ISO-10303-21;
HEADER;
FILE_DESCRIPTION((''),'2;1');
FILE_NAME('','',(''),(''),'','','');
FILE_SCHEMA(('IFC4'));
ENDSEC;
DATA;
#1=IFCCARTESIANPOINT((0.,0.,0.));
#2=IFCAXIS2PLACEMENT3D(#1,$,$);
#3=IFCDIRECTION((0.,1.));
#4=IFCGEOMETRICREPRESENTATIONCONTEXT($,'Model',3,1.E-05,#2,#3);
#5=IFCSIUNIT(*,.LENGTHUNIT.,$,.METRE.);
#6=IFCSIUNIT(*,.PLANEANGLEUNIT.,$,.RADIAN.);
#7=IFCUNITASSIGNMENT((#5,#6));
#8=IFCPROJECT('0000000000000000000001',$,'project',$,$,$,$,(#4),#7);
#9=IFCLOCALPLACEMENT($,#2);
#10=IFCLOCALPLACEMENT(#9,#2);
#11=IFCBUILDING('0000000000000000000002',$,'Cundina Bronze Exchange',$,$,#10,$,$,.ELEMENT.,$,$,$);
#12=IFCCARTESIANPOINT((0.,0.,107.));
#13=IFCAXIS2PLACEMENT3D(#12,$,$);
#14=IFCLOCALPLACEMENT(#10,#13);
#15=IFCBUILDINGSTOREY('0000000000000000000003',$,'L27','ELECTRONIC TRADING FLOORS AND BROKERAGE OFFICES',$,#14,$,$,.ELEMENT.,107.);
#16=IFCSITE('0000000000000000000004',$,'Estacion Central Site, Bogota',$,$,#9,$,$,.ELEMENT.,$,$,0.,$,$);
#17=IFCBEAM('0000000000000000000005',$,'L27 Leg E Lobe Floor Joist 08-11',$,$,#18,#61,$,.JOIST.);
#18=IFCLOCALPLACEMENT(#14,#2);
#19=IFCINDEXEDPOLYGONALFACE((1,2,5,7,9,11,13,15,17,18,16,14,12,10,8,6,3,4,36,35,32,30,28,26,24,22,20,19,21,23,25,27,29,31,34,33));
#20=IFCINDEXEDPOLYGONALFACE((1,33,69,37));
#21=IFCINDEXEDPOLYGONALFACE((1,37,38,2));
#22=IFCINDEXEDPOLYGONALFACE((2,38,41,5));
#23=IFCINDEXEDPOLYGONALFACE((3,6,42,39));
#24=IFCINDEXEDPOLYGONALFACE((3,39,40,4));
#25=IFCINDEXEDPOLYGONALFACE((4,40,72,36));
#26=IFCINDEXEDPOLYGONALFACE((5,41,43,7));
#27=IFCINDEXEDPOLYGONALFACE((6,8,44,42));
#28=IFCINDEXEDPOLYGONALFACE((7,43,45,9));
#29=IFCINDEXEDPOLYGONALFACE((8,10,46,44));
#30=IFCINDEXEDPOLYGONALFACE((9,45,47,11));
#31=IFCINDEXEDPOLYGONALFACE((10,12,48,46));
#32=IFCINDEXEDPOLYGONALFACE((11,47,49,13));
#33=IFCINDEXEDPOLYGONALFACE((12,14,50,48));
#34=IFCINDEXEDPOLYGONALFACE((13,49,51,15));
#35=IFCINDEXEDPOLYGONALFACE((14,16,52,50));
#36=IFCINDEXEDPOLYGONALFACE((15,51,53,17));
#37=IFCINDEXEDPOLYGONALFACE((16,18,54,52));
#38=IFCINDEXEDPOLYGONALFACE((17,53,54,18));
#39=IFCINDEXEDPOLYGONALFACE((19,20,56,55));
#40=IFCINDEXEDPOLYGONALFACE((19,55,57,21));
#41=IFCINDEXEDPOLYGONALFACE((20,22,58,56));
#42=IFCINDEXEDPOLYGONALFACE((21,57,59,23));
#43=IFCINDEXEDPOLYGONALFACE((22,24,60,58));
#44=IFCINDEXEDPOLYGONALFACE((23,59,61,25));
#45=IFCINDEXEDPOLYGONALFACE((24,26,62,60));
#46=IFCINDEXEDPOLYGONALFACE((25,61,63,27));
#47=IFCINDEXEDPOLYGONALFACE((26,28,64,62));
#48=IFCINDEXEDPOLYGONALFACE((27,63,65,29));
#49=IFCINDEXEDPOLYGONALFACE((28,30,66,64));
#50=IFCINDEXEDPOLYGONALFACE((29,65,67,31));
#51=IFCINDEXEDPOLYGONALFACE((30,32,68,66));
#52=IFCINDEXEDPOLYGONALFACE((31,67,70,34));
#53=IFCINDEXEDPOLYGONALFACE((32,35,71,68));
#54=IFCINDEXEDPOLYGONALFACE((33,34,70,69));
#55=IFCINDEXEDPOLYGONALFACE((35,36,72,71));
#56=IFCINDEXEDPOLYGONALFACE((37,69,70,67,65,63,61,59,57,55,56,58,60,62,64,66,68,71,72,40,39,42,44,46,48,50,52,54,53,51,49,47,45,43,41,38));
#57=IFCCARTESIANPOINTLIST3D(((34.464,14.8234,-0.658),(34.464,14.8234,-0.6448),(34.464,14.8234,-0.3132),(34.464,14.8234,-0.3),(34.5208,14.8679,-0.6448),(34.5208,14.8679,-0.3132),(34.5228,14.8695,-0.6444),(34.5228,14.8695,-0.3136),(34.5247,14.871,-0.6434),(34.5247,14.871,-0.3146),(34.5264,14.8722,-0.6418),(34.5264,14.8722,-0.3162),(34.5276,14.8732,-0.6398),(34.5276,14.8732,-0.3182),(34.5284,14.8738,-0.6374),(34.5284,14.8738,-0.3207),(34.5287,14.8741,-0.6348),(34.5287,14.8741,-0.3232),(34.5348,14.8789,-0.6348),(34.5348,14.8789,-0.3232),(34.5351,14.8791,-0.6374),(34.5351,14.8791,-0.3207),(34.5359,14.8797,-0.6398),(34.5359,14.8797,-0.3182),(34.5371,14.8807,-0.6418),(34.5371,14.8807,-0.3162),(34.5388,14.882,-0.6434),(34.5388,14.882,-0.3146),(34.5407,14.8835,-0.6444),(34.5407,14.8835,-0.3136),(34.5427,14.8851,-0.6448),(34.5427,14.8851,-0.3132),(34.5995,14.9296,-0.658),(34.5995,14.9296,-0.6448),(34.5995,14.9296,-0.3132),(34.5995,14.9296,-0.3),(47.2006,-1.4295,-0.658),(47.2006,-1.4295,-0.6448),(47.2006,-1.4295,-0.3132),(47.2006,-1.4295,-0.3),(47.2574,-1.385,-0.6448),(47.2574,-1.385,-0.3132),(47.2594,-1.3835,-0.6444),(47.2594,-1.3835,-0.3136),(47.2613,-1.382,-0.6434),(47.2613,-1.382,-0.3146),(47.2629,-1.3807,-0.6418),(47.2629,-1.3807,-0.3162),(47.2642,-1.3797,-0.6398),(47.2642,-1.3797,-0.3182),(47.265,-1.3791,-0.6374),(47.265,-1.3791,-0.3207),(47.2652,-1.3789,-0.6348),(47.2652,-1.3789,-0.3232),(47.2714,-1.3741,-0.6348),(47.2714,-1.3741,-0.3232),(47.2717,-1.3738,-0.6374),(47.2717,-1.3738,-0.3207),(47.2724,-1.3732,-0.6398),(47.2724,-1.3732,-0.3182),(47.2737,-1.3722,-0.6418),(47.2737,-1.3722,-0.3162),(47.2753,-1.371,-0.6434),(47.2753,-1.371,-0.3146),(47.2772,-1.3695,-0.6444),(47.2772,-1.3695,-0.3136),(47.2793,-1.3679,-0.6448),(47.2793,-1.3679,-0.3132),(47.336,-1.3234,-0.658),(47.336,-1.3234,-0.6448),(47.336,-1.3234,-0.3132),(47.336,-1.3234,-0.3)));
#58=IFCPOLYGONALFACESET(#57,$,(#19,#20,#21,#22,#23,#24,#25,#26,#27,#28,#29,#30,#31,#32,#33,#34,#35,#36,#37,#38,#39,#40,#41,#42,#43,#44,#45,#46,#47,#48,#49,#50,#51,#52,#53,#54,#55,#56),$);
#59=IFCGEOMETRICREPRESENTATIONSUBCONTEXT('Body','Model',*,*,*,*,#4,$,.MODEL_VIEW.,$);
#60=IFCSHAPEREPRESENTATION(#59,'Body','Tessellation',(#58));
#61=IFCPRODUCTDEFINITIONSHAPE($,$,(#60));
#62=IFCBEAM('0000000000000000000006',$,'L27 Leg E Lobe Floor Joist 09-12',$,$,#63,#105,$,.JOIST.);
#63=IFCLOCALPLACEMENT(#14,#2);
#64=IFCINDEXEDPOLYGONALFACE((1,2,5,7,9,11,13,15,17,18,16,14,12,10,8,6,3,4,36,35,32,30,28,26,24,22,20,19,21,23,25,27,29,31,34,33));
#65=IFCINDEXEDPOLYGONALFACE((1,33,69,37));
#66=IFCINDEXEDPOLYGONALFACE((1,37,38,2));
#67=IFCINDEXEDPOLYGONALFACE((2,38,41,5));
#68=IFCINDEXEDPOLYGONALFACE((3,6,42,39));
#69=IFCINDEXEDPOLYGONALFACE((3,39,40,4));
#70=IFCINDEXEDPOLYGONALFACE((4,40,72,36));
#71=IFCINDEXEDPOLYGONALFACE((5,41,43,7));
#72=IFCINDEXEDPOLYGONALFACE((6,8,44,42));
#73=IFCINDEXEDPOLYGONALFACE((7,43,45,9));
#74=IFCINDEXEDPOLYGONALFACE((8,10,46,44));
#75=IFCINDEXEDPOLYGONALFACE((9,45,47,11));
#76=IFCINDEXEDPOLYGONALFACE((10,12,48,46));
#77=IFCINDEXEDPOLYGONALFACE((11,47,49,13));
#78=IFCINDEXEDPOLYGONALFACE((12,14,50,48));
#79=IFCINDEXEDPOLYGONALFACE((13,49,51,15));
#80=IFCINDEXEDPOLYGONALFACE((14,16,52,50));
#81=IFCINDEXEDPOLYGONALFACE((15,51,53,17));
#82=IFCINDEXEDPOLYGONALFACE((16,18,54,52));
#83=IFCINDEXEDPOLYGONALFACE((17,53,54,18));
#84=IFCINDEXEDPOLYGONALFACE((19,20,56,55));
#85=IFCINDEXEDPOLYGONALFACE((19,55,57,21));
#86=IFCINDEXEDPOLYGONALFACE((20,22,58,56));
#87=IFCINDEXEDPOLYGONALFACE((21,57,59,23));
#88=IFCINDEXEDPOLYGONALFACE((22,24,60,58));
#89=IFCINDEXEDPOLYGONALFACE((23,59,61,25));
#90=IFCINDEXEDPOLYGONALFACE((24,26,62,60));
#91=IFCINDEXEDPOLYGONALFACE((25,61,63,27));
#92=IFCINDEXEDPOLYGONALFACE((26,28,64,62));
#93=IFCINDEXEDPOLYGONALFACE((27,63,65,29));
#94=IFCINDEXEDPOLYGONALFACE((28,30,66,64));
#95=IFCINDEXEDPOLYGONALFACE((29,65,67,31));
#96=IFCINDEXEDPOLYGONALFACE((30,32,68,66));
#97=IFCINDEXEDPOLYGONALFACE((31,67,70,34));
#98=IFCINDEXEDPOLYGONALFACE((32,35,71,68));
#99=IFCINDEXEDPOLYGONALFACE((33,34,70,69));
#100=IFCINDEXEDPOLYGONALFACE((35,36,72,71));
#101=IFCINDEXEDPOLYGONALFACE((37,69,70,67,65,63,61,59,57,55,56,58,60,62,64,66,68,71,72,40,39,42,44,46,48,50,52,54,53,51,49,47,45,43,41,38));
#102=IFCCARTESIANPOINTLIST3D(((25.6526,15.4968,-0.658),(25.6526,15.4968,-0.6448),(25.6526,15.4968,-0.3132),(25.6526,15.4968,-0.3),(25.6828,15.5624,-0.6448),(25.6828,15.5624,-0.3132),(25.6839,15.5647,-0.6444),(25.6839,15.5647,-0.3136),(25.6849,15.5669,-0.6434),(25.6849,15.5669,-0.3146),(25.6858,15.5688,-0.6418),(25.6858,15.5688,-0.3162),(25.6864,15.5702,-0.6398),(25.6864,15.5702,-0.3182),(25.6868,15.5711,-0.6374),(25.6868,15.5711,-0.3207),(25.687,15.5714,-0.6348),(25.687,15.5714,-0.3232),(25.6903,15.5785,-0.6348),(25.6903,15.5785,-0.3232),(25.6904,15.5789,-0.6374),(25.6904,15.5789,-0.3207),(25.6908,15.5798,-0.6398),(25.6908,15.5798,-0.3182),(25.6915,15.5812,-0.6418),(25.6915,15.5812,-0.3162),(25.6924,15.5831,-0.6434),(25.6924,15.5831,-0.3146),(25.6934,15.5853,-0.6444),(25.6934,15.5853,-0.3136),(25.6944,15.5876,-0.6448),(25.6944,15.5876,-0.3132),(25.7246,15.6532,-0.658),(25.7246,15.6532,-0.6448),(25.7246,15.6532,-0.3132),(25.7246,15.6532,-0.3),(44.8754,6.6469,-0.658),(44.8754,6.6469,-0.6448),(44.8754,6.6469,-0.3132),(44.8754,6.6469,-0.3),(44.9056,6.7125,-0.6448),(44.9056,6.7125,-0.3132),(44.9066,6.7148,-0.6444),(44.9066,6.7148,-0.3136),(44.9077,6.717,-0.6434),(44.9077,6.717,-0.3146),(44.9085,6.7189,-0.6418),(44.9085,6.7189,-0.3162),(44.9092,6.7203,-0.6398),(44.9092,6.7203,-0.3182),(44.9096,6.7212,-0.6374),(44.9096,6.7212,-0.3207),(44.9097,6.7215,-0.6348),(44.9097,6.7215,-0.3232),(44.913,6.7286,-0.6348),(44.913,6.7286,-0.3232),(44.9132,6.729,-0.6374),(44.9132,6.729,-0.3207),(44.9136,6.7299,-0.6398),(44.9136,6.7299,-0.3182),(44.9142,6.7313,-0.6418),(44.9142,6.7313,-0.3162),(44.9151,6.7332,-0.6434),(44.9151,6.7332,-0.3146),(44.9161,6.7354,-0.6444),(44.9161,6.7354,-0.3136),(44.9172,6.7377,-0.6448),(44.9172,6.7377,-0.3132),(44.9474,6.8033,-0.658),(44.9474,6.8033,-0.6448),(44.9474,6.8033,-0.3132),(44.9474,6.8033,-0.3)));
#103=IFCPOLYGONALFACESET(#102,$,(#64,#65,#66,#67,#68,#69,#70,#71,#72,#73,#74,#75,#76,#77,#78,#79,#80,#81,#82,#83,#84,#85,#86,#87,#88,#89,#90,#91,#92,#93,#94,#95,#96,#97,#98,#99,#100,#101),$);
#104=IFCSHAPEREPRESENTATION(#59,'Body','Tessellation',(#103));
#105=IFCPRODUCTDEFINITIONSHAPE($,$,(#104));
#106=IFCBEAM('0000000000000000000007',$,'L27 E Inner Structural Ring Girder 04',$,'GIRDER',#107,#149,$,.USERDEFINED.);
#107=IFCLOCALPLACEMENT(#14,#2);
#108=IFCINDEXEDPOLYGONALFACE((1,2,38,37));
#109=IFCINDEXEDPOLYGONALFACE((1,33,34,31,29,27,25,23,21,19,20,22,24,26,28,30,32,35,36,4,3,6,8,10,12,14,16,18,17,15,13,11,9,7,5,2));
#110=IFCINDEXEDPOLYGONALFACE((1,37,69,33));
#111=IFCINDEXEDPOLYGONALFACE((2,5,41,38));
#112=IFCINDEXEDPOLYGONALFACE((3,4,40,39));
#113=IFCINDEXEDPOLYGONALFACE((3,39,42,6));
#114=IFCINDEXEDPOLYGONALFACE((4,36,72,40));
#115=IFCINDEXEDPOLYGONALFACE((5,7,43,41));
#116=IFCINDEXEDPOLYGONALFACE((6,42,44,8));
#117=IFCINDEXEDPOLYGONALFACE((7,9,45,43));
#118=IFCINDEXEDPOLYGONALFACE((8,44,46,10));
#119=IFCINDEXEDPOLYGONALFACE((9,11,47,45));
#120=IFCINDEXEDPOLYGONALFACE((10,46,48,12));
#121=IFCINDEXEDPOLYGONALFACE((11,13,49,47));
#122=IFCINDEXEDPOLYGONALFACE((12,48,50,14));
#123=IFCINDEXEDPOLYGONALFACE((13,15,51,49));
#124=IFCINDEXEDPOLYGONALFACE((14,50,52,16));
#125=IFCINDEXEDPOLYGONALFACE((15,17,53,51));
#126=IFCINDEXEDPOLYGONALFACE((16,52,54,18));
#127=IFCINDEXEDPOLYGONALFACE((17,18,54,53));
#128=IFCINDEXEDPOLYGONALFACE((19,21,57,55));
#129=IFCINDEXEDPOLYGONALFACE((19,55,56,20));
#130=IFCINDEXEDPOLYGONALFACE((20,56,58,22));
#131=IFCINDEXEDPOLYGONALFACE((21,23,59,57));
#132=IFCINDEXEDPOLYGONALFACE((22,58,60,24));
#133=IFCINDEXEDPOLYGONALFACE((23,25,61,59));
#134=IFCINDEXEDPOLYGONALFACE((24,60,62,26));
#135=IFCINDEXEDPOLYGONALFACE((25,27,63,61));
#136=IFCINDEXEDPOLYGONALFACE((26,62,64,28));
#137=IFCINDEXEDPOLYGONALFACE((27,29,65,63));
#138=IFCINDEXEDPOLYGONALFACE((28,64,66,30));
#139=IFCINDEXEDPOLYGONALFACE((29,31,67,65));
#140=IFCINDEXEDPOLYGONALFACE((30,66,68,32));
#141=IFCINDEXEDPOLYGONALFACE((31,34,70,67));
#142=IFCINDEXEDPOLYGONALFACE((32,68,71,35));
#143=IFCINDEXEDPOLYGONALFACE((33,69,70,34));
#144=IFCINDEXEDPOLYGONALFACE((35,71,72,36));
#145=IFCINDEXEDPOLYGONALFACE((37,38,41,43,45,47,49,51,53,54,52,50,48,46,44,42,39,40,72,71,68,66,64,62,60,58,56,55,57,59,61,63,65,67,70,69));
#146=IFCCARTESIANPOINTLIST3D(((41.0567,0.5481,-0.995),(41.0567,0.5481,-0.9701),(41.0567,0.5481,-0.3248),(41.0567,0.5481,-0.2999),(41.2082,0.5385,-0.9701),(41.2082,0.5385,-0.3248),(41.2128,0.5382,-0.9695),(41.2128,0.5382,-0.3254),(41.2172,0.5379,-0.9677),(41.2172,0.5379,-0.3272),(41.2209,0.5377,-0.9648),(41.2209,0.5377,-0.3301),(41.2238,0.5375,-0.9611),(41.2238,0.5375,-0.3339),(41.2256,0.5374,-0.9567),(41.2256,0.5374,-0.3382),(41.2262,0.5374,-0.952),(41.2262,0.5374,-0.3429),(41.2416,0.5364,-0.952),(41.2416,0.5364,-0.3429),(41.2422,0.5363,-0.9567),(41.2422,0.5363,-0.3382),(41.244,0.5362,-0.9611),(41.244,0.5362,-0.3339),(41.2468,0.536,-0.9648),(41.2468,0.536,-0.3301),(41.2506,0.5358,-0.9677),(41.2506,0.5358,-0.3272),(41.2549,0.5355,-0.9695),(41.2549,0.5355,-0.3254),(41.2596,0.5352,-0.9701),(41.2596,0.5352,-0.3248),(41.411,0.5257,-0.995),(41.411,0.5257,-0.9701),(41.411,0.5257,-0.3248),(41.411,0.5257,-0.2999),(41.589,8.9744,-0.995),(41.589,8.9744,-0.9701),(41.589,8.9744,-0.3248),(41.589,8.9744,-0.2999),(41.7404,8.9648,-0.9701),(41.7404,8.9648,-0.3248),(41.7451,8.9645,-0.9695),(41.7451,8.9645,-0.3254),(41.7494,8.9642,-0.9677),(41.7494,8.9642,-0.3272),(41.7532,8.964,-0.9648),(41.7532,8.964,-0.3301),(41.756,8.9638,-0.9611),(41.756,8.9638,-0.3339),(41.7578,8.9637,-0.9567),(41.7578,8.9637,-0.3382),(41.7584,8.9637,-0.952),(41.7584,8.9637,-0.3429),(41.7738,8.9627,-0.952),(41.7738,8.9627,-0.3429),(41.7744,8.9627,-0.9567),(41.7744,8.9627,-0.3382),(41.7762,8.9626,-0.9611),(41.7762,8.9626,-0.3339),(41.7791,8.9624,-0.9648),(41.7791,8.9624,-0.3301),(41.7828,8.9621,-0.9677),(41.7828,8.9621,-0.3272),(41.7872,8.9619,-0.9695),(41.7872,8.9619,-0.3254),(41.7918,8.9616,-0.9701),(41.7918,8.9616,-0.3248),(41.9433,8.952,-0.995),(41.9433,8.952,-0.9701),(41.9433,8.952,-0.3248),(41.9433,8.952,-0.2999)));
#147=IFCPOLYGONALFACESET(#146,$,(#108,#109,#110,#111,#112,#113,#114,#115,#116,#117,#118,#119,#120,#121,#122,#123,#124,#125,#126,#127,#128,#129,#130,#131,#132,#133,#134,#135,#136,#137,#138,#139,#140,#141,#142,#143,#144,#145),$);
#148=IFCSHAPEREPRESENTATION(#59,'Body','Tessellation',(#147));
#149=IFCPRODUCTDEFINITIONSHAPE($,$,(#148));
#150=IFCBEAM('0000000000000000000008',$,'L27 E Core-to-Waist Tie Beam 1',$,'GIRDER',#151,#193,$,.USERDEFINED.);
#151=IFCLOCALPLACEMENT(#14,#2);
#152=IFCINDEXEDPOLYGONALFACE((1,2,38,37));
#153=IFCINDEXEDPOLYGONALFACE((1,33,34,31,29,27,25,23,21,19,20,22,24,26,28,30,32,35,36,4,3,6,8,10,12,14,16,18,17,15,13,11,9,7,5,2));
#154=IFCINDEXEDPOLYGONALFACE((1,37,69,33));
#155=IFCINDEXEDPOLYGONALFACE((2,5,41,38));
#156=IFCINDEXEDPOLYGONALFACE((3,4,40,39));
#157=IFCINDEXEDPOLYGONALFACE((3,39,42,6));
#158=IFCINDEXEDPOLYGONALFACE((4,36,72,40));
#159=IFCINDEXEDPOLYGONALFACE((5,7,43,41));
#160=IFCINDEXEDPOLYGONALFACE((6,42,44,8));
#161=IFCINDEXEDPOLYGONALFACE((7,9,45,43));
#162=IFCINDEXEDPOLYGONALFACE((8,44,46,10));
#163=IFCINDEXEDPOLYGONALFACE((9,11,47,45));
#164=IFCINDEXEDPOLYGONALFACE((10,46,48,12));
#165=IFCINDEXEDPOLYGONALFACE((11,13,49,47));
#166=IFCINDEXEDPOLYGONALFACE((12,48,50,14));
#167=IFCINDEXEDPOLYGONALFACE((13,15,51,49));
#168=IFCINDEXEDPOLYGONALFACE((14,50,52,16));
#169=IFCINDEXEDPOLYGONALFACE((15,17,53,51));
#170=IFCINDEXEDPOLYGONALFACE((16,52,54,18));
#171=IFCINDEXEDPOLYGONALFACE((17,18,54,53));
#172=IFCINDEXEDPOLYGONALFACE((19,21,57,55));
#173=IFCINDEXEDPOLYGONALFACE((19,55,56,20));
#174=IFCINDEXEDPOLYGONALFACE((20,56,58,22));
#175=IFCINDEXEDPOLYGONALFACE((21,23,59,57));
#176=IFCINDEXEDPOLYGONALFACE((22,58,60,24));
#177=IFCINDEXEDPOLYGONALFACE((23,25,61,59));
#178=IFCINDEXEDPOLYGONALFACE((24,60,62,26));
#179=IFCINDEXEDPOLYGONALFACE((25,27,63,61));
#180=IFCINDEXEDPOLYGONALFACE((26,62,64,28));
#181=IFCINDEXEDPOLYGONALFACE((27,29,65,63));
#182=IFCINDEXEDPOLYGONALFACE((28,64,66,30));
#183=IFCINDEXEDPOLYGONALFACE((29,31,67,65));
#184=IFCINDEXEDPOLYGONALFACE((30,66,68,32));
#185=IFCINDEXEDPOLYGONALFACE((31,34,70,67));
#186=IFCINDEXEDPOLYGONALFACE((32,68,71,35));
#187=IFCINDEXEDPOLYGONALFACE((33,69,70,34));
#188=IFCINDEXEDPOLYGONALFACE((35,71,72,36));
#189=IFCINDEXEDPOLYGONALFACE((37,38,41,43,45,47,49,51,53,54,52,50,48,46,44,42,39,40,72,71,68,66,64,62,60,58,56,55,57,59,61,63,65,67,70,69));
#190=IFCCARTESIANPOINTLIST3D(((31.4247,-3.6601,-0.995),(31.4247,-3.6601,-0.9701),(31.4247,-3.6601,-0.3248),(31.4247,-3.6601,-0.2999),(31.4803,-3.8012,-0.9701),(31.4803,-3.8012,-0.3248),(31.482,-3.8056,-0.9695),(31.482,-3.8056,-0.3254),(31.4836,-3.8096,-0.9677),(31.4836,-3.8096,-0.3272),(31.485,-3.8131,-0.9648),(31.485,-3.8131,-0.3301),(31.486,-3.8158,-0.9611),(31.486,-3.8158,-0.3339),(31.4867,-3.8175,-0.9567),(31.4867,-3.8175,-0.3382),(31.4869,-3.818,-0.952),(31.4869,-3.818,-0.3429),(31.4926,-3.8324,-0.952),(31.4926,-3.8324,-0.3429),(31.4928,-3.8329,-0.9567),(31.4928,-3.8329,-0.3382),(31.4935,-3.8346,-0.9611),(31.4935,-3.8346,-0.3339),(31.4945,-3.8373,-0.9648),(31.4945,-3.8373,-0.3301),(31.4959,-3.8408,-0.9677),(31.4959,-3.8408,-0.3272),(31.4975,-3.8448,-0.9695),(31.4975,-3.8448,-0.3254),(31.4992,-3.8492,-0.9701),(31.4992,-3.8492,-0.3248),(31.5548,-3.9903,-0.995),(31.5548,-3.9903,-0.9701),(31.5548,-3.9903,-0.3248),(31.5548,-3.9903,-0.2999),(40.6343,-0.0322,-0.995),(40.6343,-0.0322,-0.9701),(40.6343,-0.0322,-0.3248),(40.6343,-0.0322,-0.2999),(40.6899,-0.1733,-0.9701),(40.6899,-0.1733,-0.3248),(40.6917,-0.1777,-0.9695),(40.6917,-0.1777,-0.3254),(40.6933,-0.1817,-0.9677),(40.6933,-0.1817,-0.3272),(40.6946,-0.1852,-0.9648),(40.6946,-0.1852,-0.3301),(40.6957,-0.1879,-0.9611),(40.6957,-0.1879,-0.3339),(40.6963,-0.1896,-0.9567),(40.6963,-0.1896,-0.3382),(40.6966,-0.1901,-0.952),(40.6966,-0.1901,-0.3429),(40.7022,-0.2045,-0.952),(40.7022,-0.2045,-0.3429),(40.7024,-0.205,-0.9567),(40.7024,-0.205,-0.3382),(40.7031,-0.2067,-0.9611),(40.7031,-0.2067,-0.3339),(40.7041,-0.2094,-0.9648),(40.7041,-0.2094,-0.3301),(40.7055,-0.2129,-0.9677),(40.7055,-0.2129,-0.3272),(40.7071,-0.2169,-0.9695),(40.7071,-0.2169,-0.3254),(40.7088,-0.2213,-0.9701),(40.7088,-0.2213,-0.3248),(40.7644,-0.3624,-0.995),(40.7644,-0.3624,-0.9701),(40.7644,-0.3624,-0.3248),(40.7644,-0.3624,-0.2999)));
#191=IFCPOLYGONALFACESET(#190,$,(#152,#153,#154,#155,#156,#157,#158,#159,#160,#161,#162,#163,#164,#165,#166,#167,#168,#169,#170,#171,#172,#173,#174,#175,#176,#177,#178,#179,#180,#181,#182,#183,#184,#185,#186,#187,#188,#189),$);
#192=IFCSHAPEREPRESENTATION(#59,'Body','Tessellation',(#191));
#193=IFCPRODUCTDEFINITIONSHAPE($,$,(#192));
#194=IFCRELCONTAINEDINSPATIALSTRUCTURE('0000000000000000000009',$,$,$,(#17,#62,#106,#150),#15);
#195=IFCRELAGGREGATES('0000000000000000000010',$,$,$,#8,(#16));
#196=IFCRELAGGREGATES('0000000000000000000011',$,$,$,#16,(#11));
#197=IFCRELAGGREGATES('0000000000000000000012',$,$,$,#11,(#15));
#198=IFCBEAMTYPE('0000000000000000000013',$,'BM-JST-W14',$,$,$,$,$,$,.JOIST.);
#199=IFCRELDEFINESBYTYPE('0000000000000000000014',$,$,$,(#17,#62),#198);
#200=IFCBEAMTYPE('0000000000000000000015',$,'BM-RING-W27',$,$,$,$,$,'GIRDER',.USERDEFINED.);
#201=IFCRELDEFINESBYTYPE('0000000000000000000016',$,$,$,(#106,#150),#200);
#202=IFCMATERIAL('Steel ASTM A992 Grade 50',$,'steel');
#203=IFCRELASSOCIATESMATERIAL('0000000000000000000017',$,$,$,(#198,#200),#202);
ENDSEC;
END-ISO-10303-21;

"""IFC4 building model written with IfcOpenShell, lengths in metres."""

from ifc_helpers import new_model, si_unit, direction, frame, origin, origin_2d, place, context, subcontext, project, spatial, i_section, extrude, material, material_profile, profile_set, type_object, element, save


model = new_model("IFC4")

# Units and contexts
model_context = context("Model", 3, precision=1e-05, world=origin(), true_north=direction((0.0, 1.0)))
body_context = subcontext(model_context, "Body", "Model", "MODEL_VIEW")
ifc_project = project(units=[si_unit("LENGTHUNIT", "METRE"), si_unit("PLANEANGLEUNIT", "RADIAN")], contexts=[model_context])

# Site, building, storey
site_placement = place(None, origin())
site = spatial("IfcSite", under=ifc_project, at=site_placement, Name="Estacion Central Site, Bogota", CompositionType="ELEMENT", RefElevation=0.0)
building_placement = place(site_placement, origin())
building = spatial("IfcBuilding", under=site, at=building_placement, Name="Cundina Bronze Exchange", CompositionType="ELEMENT")
storey_placement = place(building_placement, frame((0.0, 0.0, 107.0)))
storey = spatial("IfcBuildingStorey", under=building, at=storey_placement, Name="L27", Description="ELECTRONIC TRADING FLOORS AND BROKERAGE OFFICES", CompositionType="ELEMENT", Elevation=107.0)

# Shared definitions
ifc_material_1 = material(Name="Steel ASTM A992 Grade 50", Category="steel")

# Beams
ifc_material_profile_1 = material_profile(ifc_material_1, i_section(OverallWidth=0.1721, OverallDepth=0.3579, WebThickness=0.0078, FlangeThickness=0.0132, FilletRadius=0.01, at=origin_2d()), Name="W14X38", Category="steel")
ifc_profile_set_1 = profile_set([ifc_material_profile_1], Name="Steel ASTM A992 Grade 50")
beam_type_1 = type_object("IfcBeamType", Name="BM-JST-W14", PredefinedType="JOIST", material=ifc_profile_set_1)
beam_1_placement = place(storey_placement, frame((47.2683, -1.3765, -0.479), z_axis=(-0.616815, 0.787108, 0.0), x_axis=(-0.787108, -0.616815, 0.0)))
element("IfcBeam", 1, at=beam_1_placement, inside=storey, type_object=beam_type_1, Name="L27 Leg E Lobe Floor Joist 08-11", PredefinedType="JOIST", context=body_context, shape_type="SweptSolid", body=[
    extrude(i_section(OverallWidth=0.1721, OverallDepth=0.3579, WebThickness=0.0078, FlangeThickness=0.0132, FilletRadius=0.01, at=origin_2d()), origin(), (0.0, 0.0, 1.0), 20.6489),
])
beam_2_placement = place(storey_placement, frame((44.9114, 6.7251, -0.479), z_axis=(-0.908357, 0.418195, 0.0), x_axis=(-0.418195, -0.908357, 0.0)))
element("IfcBeam", 2, at=beam_2_placement, inside=storey, type_object=beam_type_1, Name="L27 Leg E Lobe Floor Joist 09-12", PredefinedType="JOIST", context=body_context, shape_type="SweptSolid", body=[
    extrude(i_section(OverallWidth=0.1721, OverallDepth=0.3579, WebThickness=0.0078, FlangeThickness=0.0132, FilletRadius=0.01, at=origin_2d()), origin(), (0.0, 0.0, 1.0), 21.1621),
])
ifc_material_profile_2 = material_profile(ifc_material_1, i_section(OverallWidth=0.355, OverallDepth=0.6951, WebThickness=0.0154, FlangeThickness=0.0249, FilletRadius=0.0181, at=origin_2d()), Name="W27X146", Category="steel")
ifc_profile_set_2 = profile_set([ifc_material_profile_2], Name="Steel ASTM A992 Grade 50")
beam_type_2 = type_object("IfcBeamType", Name="BM-RING-W27", ElementType="GIRDER", PredefinedType="USERDEFINED", material=ifc_profile_set_2)
beam_3_placement = place(storey_placement, frame((41.2339, 0.5369, -0.6475), z_axis=(0.063037, 0.998011, 0.0), x_axis=(-0.998011, 0.063037, 0.0)))
element("IfcBeam", 3, at=beam_3_placement, inside=storey, type_object=beam_type_2, Name="L27 E Inner Structural Ring Girder 04", ObjectType="GIRDER", PredefinedType="USERDEFINED", context=body_context, shape_type="SweptSolid", body=[
    extrude(i_section(OverallWidth=0.355, OverallDepth=0.6951, WebThickness=0.0154, FlangeThickness=0.0249, FilletRadius=0.0181, at=origin_2d()), origin(), (0.0, 0.0, 1.0), 8.4431),
])
beam_4_placement = place(storey_placement, frame((31.4897, -3.8252, -0.6475), z_axis=(0.930413, 0.366512, 0.0), x_axis=(-0.366512, 0.930413, 0.0)))
element("IfcBeam", 4, at=beam_4_placement, inside=storey, type_object=beam_type_2, Name="L27 E Core-to-Waist Tie Beam 1", ObjectType="GIRDER", PredefinedType="USERDEFINED", context=body_context, shape_type="SweptSolid", body=[
    extrude(i_section(OverallWidth=0.355, OverallDepth=0.6951, WebThickness=0.0154, FlangeThickness=0.0249, FilletRadius=0.0181, at=origin_2d()), origin(), (0.0, 0.0, 1.0), 9.8984),
])

save(model, "model.ifc")
